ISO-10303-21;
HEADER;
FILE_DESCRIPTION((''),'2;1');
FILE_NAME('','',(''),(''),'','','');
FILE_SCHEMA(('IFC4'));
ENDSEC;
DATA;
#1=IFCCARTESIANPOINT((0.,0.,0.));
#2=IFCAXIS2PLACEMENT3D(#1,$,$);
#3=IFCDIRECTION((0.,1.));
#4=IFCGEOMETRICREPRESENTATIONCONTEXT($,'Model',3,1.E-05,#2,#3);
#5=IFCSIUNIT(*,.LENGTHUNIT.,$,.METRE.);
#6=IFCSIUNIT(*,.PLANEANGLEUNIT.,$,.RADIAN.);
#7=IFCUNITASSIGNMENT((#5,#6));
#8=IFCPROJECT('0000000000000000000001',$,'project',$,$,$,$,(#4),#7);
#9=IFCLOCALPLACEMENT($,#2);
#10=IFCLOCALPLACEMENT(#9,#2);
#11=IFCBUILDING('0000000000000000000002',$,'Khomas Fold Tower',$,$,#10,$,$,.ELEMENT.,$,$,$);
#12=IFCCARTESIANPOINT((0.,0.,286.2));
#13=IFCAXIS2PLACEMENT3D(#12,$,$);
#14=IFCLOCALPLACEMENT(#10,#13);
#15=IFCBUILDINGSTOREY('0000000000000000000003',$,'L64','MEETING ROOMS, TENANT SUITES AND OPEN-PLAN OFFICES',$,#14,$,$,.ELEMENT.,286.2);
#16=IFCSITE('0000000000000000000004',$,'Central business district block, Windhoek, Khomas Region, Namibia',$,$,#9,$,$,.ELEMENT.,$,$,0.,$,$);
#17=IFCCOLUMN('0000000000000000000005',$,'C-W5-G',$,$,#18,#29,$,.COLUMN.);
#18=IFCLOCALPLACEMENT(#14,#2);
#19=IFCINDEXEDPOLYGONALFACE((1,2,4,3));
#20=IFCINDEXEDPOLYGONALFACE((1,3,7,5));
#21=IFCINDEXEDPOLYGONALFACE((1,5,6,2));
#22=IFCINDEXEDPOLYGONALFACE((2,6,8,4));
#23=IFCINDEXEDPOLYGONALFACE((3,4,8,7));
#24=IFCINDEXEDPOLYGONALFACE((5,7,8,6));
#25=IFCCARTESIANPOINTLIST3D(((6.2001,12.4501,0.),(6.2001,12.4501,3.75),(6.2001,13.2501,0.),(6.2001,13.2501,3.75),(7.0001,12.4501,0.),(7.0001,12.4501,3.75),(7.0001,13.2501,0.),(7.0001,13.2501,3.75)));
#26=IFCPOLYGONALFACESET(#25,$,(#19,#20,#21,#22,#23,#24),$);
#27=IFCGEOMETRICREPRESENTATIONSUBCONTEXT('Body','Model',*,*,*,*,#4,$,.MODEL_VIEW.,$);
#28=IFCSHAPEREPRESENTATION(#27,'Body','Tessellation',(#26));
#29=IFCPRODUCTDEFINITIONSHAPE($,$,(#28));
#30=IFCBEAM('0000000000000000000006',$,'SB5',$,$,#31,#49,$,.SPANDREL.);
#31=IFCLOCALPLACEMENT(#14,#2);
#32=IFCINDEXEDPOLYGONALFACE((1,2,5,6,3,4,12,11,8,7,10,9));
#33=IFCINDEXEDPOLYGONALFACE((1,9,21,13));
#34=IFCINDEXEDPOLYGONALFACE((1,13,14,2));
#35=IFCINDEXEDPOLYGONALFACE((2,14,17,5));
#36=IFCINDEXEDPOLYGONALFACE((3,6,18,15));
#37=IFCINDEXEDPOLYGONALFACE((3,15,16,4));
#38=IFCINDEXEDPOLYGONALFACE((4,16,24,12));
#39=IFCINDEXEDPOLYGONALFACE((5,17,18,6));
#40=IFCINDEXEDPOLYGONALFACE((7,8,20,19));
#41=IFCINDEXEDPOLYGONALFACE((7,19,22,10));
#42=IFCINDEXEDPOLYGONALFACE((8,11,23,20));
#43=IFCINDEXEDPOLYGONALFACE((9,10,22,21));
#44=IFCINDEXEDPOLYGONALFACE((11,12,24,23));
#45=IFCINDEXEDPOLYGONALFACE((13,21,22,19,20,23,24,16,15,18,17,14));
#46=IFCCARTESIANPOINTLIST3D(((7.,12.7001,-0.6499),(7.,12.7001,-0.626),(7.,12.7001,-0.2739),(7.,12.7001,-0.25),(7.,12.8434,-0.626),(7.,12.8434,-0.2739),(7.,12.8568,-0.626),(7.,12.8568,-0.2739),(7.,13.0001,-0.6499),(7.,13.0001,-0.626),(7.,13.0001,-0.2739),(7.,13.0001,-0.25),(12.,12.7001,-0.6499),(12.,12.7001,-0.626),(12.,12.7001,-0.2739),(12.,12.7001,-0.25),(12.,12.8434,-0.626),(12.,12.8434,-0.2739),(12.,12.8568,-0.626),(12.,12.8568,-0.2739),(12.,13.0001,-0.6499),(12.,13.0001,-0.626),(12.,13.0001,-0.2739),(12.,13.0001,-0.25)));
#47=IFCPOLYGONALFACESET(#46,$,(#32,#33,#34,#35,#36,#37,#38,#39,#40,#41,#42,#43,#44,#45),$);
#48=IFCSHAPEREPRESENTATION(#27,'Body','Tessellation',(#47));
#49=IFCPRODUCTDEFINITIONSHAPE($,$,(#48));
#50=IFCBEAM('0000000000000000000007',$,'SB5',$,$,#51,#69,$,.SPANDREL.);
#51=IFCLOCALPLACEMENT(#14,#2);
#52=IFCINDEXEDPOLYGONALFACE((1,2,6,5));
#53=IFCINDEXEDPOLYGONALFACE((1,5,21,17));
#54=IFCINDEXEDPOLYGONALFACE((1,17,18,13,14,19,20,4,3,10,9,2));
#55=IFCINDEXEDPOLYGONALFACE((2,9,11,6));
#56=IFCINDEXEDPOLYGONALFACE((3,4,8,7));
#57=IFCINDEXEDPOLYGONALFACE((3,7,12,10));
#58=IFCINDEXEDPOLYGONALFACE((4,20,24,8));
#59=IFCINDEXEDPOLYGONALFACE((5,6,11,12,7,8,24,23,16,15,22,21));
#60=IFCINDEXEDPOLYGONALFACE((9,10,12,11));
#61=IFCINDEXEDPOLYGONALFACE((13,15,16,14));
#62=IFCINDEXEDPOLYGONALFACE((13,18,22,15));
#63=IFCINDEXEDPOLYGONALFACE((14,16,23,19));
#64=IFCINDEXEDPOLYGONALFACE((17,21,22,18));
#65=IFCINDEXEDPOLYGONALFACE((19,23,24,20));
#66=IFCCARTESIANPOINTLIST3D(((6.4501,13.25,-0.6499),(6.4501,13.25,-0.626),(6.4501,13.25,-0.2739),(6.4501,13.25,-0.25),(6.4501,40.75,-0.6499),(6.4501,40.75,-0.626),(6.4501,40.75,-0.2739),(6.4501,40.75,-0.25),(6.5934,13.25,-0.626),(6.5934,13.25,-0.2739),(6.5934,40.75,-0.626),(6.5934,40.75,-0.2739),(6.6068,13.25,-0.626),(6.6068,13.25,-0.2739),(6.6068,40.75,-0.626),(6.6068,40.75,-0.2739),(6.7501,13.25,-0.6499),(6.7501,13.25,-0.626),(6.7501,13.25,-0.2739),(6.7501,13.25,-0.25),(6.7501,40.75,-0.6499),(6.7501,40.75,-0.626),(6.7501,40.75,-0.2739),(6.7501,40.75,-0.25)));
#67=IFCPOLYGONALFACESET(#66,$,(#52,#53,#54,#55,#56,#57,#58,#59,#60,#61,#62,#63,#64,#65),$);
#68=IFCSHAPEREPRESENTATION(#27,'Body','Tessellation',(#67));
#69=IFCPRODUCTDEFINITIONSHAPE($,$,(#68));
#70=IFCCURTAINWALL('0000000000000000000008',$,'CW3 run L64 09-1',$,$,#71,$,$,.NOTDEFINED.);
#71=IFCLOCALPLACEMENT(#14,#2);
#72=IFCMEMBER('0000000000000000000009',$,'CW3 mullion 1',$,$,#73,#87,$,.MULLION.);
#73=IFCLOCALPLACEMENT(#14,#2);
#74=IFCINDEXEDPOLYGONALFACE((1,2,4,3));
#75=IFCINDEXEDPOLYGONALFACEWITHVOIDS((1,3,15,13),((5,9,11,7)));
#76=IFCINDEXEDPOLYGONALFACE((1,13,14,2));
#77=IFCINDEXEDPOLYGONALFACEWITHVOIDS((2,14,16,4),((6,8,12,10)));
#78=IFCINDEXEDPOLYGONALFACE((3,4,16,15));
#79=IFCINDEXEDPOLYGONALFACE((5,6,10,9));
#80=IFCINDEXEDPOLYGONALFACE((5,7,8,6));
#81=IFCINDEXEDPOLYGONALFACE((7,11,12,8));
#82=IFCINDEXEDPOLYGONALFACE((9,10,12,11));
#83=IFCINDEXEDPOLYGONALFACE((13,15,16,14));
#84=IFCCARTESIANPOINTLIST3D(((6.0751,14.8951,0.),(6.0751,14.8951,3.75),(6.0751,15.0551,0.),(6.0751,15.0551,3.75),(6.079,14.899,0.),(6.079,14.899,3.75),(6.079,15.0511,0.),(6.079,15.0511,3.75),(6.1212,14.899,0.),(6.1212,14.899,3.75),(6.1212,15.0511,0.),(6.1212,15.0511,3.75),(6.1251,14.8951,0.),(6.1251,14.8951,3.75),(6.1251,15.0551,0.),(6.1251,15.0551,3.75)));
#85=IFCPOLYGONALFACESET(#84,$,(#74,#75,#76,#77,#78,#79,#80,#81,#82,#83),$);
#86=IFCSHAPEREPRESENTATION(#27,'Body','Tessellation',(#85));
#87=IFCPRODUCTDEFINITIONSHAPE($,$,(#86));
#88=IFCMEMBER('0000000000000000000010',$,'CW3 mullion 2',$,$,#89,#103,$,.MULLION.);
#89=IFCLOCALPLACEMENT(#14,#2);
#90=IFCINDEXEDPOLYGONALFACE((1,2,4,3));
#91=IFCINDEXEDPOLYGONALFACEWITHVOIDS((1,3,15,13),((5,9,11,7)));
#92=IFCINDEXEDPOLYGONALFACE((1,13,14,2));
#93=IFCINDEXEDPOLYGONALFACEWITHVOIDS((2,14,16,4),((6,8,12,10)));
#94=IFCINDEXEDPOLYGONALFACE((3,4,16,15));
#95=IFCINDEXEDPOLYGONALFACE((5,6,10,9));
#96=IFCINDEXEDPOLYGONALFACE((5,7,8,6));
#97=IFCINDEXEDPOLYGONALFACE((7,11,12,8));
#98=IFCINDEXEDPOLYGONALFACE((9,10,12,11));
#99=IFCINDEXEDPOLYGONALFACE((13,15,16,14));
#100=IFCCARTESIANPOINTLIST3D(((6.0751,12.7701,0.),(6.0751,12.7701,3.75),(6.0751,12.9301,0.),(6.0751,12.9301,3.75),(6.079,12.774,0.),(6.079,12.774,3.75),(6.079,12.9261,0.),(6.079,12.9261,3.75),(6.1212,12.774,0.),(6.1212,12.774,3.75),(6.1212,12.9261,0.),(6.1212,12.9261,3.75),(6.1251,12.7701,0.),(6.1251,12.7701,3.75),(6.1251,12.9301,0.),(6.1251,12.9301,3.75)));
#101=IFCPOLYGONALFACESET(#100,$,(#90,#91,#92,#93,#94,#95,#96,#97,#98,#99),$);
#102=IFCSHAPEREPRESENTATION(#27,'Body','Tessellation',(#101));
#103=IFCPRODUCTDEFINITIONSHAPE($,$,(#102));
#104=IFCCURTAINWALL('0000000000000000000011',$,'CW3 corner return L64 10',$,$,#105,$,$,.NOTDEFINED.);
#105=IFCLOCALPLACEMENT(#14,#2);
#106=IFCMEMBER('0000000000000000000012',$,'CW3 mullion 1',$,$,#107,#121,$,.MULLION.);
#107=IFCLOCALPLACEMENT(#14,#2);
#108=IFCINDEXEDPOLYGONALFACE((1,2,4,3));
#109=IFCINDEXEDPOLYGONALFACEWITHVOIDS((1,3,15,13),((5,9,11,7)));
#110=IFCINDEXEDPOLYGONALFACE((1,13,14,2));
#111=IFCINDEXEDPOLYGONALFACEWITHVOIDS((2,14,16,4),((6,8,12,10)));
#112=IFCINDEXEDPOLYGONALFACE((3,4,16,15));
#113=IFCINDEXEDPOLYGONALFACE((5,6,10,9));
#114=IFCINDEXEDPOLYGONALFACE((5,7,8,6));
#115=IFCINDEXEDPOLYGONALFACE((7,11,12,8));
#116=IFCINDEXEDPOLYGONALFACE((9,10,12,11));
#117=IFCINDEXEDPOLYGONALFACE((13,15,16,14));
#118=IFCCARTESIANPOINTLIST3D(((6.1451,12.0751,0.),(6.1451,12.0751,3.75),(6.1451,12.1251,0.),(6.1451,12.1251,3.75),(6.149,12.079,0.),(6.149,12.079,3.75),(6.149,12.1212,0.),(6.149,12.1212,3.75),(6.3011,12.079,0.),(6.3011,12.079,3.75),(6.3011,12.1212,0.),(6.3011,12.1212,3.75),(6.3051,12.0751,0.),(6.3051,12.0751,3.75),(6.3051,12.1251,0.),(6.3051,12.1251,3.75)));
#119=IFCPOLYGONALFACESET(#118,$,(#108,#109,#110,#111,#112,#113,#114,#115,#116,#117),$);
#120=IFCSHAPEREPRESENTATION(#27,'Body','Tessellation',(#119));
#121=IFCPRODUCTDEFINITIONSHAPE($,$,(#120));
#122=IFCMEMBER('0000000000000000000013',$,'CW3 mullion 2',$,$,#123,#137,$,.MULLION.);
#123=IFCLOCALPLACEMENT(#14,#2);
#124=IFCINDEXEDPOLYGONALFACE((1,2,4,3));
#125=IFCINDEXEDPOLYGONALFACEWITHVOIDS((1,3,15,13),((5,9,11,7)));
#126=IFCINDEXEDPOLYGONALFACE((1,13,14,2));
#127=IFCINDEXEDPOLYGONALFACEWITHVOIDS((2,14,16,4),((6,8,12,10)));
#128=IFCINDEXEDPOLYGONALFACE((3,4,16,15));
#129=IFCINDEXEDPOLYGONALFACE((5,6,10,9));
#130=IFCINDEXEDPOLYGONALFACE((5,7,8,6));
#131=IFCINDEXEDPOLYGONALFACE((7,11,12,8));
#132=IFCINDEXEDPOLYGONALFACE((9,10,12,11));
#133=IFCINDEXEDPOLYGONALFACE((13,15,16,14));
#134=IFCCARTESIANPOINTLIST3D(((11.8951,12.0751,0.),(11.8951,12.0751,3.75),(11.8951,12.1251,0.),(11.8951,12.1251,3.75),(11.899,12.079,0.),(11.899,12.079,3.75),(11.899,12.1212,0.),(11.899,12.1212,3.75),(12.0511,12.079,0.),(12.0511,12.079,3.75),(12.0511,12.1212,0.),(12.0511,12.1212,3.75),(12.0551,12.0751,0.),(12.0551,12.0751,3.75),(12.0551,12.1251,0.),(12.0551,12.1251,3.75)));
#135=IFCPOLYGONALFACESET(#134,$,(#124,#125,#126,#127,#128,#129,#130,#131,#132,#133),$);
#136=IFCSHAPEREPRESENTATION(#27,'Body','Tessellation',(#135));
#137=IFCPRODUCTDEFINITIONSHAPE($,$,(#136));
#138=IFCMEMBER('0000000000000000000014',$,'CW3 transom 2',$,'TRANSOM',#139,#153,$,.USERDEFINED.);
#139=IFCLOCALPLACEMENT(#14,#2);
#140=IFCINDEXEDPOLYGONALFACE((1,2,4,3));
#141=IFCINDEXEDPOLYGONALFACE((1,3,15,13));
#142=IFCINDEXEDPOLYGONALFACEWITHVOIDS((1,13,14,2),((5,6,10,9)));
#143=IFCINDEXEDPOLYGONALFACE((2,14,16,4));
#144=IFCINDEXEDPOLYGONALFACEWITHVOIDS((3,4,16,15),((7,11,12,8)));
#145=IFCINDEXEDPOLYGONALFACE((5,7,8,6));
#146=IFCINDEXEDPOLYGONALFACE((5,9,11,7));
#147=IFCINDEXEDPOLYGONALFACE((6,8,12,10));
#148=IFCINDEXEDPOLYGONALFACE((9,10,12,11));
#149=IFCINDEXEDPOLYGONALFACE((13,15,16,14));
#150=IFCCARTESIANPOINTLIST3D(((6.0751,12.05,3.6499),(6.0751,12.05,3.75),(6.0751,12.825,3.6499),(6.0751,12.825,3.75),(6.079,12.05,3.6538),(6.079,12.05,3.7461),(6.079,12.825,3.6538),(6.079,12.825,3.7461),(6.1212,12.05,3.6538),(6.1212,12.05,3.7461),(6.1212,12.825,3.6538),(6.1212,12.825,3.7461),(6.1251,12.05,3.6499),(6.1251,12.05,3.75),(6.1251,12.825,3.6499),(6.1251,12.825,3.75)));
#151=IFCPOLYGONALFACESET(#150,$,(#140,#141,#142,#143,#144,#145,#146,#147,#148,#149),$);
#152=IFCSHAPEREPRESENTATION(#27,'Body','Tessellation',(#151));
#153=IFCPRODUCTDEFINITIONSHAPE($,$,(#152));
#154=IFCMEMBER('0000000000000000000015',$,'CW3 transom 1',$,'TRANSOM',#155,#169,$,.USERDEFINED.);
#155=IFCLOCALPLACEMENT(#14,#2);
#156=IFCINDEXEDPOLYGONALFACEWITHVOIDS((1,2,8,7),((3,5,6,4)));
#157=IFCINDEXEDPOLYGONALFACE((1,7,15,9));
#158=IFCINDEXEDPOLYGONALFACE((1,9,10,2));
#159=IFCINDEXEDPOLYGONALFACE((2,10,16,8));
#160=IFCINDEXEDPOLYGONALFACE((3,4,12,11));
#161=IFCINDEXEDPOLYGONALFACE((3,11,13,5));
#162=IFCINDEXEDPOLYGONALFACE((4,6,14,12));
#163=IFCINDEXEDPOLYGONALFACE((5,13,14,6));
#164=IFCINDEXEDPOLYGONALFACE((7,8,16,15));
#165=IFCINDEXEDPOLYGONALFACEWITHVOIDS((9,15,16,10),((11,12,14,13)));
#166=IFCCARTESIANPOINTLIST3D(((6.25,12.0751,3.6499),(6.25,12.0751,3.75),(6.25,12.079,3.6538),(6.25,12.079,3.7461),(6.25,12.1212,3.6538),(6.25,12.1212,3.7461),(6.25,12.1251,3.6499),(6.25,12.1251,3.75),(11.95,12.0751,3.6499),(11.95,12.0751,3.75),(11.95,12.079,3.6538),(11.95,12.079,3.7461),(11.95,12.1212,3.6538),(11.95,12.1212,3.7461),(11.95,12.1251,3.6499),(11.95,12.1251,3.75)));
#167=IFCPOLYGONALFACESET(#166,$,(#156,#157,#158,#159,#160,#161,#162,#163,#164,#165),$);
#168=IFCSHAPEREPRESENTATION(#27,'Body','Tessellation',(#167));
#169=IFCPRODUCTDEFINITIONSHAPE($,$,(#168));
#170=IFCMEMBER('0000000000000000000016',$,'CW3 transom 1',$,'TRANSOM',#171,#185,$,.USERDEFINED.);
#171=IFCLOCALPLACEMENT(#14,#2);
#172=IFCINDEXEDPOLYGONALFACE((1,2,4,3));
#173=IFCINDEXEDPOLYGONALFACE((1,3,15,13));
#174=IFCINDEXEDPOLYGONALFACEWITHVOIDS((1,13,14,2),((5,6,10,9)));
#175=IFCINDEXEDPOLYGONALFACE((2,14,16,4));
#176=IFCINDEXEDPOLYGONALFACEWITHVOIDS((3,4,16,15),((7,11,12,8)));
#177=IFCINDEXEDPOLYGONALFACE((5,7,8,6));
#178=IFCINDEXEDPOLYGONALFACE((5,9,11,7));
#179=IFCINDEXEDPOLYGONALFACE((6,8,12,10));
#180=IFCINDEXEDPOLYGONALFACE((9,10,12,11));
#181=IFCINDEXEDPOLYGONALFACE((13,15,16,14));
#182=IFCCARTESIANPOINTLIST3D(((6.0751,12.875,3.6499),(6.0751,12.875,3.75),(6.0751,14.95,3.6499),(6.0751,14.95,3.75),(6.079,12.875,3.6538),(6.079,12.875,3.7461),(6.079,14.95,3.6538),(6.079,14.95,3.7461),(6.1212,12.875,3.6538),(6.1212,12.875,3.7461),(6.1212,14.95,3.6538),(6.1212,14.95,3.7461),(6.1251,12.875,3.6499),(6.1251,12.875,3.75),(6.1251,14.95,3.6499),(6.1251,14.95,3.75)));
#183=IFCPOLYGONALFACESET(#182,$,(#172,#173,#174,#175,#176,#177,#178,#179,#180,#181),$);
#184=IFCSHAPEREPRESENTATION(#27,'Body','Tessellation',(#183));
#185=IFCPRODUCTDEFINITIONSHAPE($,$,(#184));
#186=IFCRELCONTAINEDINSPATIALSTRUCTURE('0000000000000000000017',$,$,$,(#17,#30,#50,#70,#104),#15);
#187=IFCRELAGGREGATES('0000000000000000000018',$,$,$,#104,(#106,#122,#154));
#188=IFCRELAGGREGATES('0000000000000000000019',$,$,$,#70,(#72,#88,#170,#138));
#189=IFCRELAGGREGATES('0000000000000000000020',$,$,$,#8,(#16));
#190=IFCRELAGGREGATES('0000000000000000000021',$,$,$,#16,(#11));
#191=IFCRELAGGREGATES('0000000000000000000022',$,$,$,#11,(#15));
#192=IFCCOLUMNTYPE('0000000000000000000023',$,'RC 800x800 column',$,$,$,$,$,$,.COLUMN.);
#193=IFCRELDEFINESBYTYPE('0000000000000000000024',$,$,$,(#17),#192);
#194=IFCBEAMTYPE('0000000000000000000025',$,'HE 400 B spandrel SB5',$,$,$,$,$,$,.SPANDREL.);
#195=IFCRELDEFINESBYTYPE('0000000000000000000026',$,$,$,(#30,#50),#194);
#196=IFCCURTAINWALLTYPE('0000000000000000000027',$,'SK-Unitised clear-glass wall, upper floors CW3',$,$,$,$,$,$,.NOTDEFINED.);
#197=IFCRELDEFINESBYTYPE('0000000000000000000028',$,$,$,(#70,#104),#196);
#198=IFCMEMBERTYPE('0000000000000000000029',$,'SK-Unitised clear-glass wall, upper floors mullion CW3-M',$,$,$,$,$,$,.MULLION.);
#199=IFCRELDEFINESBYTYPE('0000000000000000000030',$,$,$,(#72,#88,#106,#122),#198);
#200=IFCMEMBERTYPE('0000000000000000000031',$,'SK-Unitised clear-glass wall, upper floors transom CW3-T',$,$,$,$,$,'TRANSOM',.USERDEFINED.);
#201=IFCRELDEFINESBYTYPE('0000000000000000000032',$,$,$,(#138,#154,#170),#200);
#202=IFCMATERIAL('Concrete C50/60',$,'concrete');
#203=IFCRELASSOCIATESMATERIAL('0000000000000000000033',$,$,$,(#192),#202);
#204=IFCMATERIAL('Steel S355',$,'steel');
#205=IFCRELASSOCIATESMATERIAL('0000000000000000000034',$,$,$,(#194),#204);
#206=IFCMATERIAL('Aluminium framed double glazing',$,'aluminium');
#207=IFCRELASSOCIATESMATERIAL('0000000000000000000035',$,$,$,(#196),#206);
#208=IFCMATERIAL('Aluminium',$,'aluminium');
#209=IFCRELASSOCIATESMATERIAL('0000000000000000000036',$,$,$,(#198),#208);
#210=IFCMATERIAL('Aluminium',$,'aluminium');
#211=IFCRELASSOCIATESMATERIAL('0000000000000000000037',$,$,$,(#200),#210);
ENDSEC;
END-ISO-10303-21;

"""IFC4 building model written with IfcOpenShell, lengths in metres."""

from ifc_helpers import new_model, si_unit, direction, frame, origin, origin_2d, place, context, subcontext, project, spatial, rectangle, hollow_rectangle, i_section, extrude, source, transform, mapped, material, material_profile, profile_set, type_object, element, aggregate, save


model = new_model("IFC4")

# Units and contexts
model_context = context("Model", 3, precision=1e-05, world=origin(), true_north=direction((0.0, 1.0)))
body_context = subcontext(model_context, "Body", "Model", "MODEL_VIEW")
ifc_project = project(units=[si_unit("LENGTHUNIT", "METRE"), si_unit("PLANEANGLEUNIT", "RADIAN")], contexts=[model_context])

# Site, building, storey
site_placement = place(None, origin())
site = spatial("IfcSite", under=ifc_project, at=site_placement, Name="Central business district block, Windhoek, Khomas Region, Namibia", CompositionType="ELEMENT", RefElevation=0.0)
building_placement = place(site_placement, origin())
building = spatial("IfcBuilding", under=site, at=building_placement, Name="Khomas Fold Tower", CompositionType="ELEMENT")
storey_placement = place(building_placement, frame((0.0, 0.0, 286.2)))
storey = spatial("IfcBuildingStorey", under=building, at=storey_placement, Name="L64", Description="MEETING ROOMS, TENANT SUITES AND OPEN-PLAN OFFICES", CompositionType="ELEMENT", Elevation=286.2)

# Column
ifc_material_1 = material(Name="Concrete C50/60", Category="concrete")
ifc_material_profile_1 = material_profile(ifc_material_1, rectangle(XDim=0.8, YDim=0.8, at=origin_2d()), Name="RC 800x800")
ifc_profile_set_1 = profile_set([ifc_material_profile_1], Name="Concrete C50/60")
column_type = type_object("IfcColumnType", Name="RC 800x800 column", PredefinedType="COLUMN", material=ifc_profile_set_1)
shared_shape_1 = source(origin(), body_context, "Body", "SweptSolid", [
    extrude(rectangle(XDim=0.8, YDim=0.8, at=origin_2d()), origin(), (0.0, 0.0, 1.0), 3.75),
])
column_placement = place(storey_placement, frame((6.6001, 12.8501, 0.0), z_axis=(0.0, 0.0, 1.0), x_axis=(1.0, 0.0, 0.0)))
element("IfcColumn", 1, at=column_placement, inside=storey, type_object=column_type, Name="C-W5-G", PredefinedType="COLUMN", context=body_context, shape_type="MappedRepresentation", body=[
    mapped(shared_shape_1, transform((0.0, 0.0, 0.0))),
])

# Beams
ifc_material_2 = material(Name="Steel S355", Category="steel")
ifc_material_profile_2 = material_profile(ifc_material_2, i_section(OverallWidth=0.3, OverallDepth=0.3999, WebThickness=0.0134, FlangeThickness=0.0239, at=origin_2d()), Name="HE 400 B")
ifc_profile_set_2 = profile_set([ifc_material_profile_2], Name="Steel S355")
beam_type = type_object("IfcBeamType", Name="HE 400 B spandrel SB5", PredefinedType="SPANDREL", material=ifc_profile_set_2)
shared_shape_2 = source(origin(), body_context, "Body", "SweptSolid", [
    extrude(i_section(OverallWidth=0.3, OverallDepth=0.3999, WebThickness=0.0134, FlangeThickness=0.0239, at=origin_2d()), origin(), (0.0, 0.0, 1.0), 5.0),
])
beam_1_placement = place(storey_placement, frame((7.0, 12.8501, -0.45), z_axis=(1.0, 0.0, 0.0), x_axis=(0.0, 1.0, 0.0)))
element("IfcBeam", 2, at=beam_1_placement, inside=storey, type_object=beam_type, Name="SB5", PredefinedType="SPANDREL", context=body_context, shape_type="MappedRepresentation", body=[
    mapped(shared_shape_2, transform((0.0, 0.0, 0.0))),
])
shared_shape_3 = source(origin(), body_context, "Body", "SweptSolid", [
    extrude(i_section(OverallWidth=0.3, OverallDepth=0.3999, WebThickness=0.0134, FlangeThickness=0.0239, at=origin_2d()), origin(), (0.0, 0.0, 1.0), 27.5),
])
beam_2_placement = place(storey_placement, frame((6.6001, 13.25, -0.45), z_axis=(0.0, 1.0, 0.0), x_axis=(-1.0, 0.0, 0.0)))
element("IfcBeam", 3, at=beam_2_placement, inside=storey, type_object=beam_type, Name="SB5", PredefinedType="SPANDREL", context=body_context, shape_type="MappedRepresentation", body=[
    mapped(shared_shape_3, transform((0.0, 0.0, 0.0))),
])

# Curtain walls, members
ifc_material_3 = material(Name="Aluminium framed double glazing", Category="aluminium")
curtain_wall_type = type_object("IfcCurtainWallType", Name="SK-Unitised clear-glass wall, upper floors CW3", PredefinedType="NOTDEFINED", material=ifc_material_3)
curtain_wall_1_placement = place(storey_placement, origin())
curtain_wall_1 = element("IfcCurtainWall", 4, at=curtain_wall_1_placement, inside=storey, type_object=curtain_wall_type, Name="CW3 run L64 09-1", PredefinedType="NOTDEFINED")
ifc_material_4 = material(Name="Aluminium", Category="aluminium")
ifc_material_profile_3 = material_profile(ifc_material_4, hollow_rectangle(XDim=0.05, YDim=0.1599, WallThickness=0.0039, at=origin_2d()), Name="SK-Unitised clear-glass wall, upper floors mullion CW3-M")
ifc_profile_set_3 = profile_set([ifc_material_profile_3], Name="Aluminium")
member_type_1 = type_object("IfcMemberType", Name="SK-Unitised clear-glass wall, upper floors mullion CW3-M", PredefinedType="MULLION", material=ifc_profile_set_3)
shared_shape_4 = source(origin(), body_context, "Body", "SweptSolid", [
    extrude(hollow_rectangle(XDim=0.05, YDim=0.1599, WallThickness=0.0039, at=origin_2d()), origin(), (0.0, 0.0, 1.0), 3.75),
])
member_1_placement = place(storey_placement, frame((6.1001, 14.9751, 0.0), z_axis=(0.0, 0.0, 1.0), x_axis=(1.0, 0.0, 0.0)))
member_1 = element("IfcMember", 5, at=member_1_placement, type_object=member_type_1, Name="CW3 mullion 1", PredefinedType="MULLION", context=body_context, shape_type="MappedRepresentation", body=[
    mapped(shared_shape_4, transform((0.0, 0.0, 0.0))),
])
member_2_placement = place(storey_placement, frame((6.1001, 12.8501, 0.0), z_axis=(0.0, 0.0, 1.0), x_axis=(1.0, 0.0, 0.0)))
member_2 = element("IfcMember", 6, at=member_2_placement, type_object=member_type_1, Name="CW3 mullion 2", PredefinedType="MULLION", context=body_context, shape_type="MappedRepresentation", body=[
    mapped(shared_shape_4, transform((0.0, 0.0, 0.0))),
])
curtain_wall_2_placement = place(storey_placement, origin())
curtain_wall_2 = element("IfcCurtainWall", 7, at=curtain_wall_2_placement, inside=storey, type_object=curtain_wall_type, Name="CW3 corner return L64 10", PredefinedType="NOTDEFINED")
member_3_placement = place(storey_placement, frame((6.2251, 12.1001, 0.0), z_axis=(0.0, 0.0, 1.0), x_axis=(0.0, 1.0, 0.0)))
member_3 = element("IfcMember", 8, at=member_3_placement, type_object=member_type_1, Name="CW3 mullion 1", PredefinedType="MULLION", context=body_context, shape_type="MappedRepresentation", body=[
    mapped(shared_shape_4, transform((0.0, 0.0, 0.0))),
])
member_4_placement = place(storey_placement, frame((11.9751, 12.1001, 0.0), z_axis=(0.0, 0.0, 1.0), x_axis=(0.0, 1.0, 0.0)))
member_4 = element("IfcMember", 9, at=member_4_placement, type_object=member_type_1, Name="CW3 mullion 2", PredefinedType="MULLION", context=body_context, shape_type="MappedRepresentation", body=[
    mapped(shared_shape_4, transform((0.0, 0.0, 0.0))),
])

# Members
ifc_material_5 = material(Name="Aluminium", Category="aluminium")
ifc_material_profile_4 = material_profile(ifc_material_5, hollow_rectangle(XDim=0.05, YDim=0.1001, WallThickness=0.0039, at=origin_2d()), Name="SK-Unitised clear-glass wall, upper floors transom CW3-T")
ifc_profile_set_4 = profile_set([ifc_material_profile_4], Name="Aluminium")
member_type_2 = type_object("IfcMemberType", Name="SK-Unitised clear-glass wall, upper floors transom CW3-T", ElementType="TRANSOM", PredefinedType="USERDEFINED", material=ifc_profile_set_4)
shared_shape_5 = source(origin(), body_context, "Body", "SweptSolid", [
    extrude(hollow_rectangle(XDim=0.05, YDim=0.1001, WallThickness=0.0039, at=origin_2d()), origin(), (0.0, 0.0, 1.0), 0.7749),
])
member_5_placement = place(storey_placement, frame((6.1001, 12.825, 3.7), z_axis=(0.0, -1.0, 0.0), x_axis=(1.0, 0.0, 0.0)))
member_5 = element("IfcMember", 10, at=member_5_placement, type_object=member_type_2, Name="CW3 transom 2", ObjectType="TRANSOM", PredefinedType="USERDEFINED", context=body_context, shape_type="MappedRepresentation", body=[
    mapped(shared_shape_5, transform((0.0, 0.0, 0.0))),
])
shared_shape_6 = source(origin(), body_context, "Body", "SweptSolid", [
    extrude(hollow_rectangle(XDim=0.05, YDim=0.1001, WallThickness=0.0039, at=origin_2d()), origin(), (0.0, 0.0, 1.0), 5.7),
])
member_6_placement = place(storey_placement, frame((6.25, 12.1001, 3.7), z_axis=(1.0, 0.0, 0.0), x_axis=(0.0, 1.0, 0.0)))
member_6 = element("IfcMember", 11, at=member_6_placement, type_object=member_type_2, Name="CW3 transom 1", ObjectType="TRANSOM", PredefinedType="USERDEFINED", context=body_context, shape_type="MappedRepresentation", body=[
    mapped(shared_shape_6, transform((0.0, 0.0, 0.0))),
])
shared_shape_7 = source(origin(), body_context, "Body", "SweptSolid", [
    extrude(hollow_rectangle(XDim=0.05, YDim=0.1001, WallThickness=0.0039, at=origin_2d()), origin(), (0.0, 0.0, 1.0), 2.075),
])
member_7_placement = place(storey_placement, frame((6.1001, 14.95, 3.7), z_axis=(0.0, -1.0, 0.0), x_axis=(1.0, 0.0, 0.0)))
member_7 = element("IfcMember", 12, at=member_7_placement, type_object=member_type_2, Name="CW3 transom 1", ObjectType="TRANSOM", PredefinedType="USERDEFINED", context=body_context, shape_type="MappedRepresentation", body=[
    mapped(shared_shape_7, transform((0.0, 0.0, 0.0))),
])

aggregate(curtain_wall_2, [member_3, member_4, member_6])
aggregate(curtain_wall_1, [member_1, member_2, member_7, member_5])

save(model, "model.ifc")
